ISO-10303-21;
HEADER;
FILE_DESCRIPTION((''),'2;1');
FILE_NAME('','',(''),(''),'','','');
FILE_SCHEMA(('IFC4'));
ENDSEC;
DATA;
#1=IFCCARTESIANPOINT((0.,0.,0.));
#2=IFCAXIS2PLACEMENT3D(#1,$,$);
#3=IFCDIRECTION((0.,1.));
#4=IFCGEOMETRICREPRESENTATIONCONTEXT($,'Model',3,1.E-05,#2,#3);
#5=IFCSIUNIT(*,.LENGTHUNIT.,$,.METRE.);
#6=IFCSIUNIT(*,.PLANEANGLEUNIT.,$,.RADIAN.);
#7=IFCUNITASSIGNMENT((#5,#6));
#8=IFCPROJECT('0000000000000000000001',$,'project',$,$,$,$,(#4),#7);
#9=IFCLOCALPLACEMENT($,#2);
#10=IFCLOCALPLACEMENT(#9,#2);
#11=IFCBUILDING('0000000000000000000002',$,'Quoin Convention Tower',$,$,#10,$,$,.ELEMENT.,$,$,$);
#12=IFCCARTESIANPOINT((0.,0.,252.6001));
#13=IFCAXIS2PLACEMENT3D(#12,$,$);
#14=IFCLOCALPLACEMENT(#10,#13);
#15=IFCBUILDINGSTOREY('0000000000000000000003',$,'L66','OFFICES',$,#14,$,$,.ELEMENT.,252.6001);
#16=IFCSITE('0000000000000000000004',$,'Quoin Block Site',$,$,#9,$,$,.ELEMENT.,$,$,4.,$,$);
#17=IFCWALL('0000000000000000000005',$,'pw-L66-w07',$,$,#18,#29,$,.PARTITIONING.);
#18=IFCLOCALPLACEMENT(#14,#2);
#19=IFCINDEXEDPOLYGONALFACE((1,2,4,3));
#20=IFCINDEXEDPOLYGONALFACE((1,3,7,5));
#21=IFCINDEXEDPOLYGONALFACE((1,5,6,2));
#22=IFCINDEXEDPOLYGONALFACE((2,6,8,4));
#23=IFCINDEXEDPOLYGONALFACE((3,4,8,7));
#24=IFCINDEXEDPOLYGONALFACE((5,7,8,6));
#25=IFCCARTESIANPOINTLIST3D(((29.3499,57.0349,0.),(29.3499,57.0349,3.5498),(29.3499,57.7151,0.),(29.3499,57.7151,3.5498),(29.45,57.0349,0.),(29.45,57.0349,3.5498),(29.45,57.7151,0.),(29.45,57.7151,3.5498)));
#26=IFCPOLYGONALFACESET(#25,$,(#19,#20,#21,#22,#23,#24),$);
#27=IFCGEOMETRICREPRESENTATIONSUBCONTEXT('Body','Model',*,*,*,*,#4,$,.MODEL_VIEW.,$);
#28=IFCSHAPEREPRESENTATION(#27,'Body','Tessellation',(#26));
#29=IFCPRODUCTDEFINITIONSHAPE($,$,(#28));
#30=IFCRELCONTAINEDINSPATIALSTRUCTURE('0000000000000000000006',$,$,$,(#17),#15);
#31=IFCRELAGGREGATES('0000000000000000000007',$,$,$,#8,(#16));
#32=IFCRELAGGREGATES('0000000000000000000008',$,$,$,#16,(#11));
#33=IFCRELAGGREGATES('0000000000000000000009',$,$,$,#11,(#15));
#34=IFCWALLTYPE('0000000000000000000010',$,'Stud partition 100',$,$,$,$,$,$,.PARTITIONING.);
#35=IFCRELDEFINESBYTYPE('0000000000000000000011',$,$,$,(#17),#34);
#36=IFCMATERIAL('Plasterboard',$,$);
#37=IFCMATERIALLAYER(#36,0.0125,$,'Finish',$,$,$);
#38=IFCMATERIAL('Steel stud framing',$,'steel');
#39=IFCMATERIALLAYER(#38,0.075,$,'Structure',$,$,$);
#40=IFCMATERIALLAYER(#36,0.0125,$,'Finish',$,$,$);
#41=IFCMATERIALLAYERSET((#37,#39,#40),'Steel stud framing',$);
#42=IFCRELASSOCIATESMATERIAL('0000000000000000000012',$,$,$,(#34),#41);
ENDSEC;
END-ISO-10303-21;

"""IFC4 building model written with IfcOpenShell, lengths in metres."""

from ifc_helpers import new_model, si_unit, direction, frame, frame_2d, origin, place, context, subcontext, project, spatial, rectangle, extrude, material, layer, layer_set, type_object, element, save


model = new_model("IFC4")

# Units and contexts
model_context = context("Model", 3, precision=1e-05, world=origin(), true_north=direction((0.0, 1.0)))
body_context = subcontext(model_context, "Body", "Model", "MODEL_VIEW")
ifc_project = project(units=[si_unit("LENGTHUNIT", "METRE"), si_unit("PLANEANGLEUNIT", "RADIAN")], contexts=[model_context])

# Site, building, storey
site_placement = place(None, origin())
site = spatial("IfcSite", under=ifc_project, at=site_placement, Name="Quoin Block Site", CompositionType="ELEMENT", RefElevation=4.0)
building_placement = place(site_placement, origin())
building = spatial("IfcBuilding", under=site, at=building_placement, Name="Quoin Convention Tower", CompositionType="ELEMENT")
storey_placement = place(building_placement, frame((0.0, 0.0, 252.6001)))
storey = spatial("IfcBuildingStorey", under=building, at=storey_placement, Name="L66", Description="OFFICES", CompositionType="ELEMENT", Elevation=252.6001)

# Shared definitions
ifc_material_1 = material(Name="Plasterboard")
ifc_material_2 = material(Name="Steel stud framing", Category="steel")

# Shared definitions
ifc_layer_1 = layer(ifc_material_1, 0.0125, Name="Finish")
ifc_layer_2 = layer(ifc_material_2, 0.075, Name="Structure")
ifc_layer_3 = layer(ifc_material_1, 0.0125, Name="Finish")
ifc_layer_set_1 = layer_set([ifc_layer_1, ifc_layer_2, ifc_layer_3], Name="Steel stud framing")
wall_type_1 = type_object("IfcWallType", Name="Stud partition 100", PredefinedType="PARTITIONING", material=ifc_layer_set_1)

# Wall
wall_1_placement = place(storey_placement, frame((29.3999, 57.7151, 0.0), z_axis=(0.0, 0.0, 1.0), x_axis=(0.0, -1.0, 0.0)))
element("IfcWall", 1, at=wall_1_placement, inside=storey, type_object=wall_type_1, Name="pw-L66-w07", PredefinedType="PARTITIONING", context=body_context, shape_type="SweptSolid", body=[
    extrude(rectangle(XDim=0.6802, YDim=0.1001, at=frame_2d((0.3401, 0.0))), origin(), (0.0, 0.0, 1.0), 3.5498),
])

save(model, "model.ifc")
